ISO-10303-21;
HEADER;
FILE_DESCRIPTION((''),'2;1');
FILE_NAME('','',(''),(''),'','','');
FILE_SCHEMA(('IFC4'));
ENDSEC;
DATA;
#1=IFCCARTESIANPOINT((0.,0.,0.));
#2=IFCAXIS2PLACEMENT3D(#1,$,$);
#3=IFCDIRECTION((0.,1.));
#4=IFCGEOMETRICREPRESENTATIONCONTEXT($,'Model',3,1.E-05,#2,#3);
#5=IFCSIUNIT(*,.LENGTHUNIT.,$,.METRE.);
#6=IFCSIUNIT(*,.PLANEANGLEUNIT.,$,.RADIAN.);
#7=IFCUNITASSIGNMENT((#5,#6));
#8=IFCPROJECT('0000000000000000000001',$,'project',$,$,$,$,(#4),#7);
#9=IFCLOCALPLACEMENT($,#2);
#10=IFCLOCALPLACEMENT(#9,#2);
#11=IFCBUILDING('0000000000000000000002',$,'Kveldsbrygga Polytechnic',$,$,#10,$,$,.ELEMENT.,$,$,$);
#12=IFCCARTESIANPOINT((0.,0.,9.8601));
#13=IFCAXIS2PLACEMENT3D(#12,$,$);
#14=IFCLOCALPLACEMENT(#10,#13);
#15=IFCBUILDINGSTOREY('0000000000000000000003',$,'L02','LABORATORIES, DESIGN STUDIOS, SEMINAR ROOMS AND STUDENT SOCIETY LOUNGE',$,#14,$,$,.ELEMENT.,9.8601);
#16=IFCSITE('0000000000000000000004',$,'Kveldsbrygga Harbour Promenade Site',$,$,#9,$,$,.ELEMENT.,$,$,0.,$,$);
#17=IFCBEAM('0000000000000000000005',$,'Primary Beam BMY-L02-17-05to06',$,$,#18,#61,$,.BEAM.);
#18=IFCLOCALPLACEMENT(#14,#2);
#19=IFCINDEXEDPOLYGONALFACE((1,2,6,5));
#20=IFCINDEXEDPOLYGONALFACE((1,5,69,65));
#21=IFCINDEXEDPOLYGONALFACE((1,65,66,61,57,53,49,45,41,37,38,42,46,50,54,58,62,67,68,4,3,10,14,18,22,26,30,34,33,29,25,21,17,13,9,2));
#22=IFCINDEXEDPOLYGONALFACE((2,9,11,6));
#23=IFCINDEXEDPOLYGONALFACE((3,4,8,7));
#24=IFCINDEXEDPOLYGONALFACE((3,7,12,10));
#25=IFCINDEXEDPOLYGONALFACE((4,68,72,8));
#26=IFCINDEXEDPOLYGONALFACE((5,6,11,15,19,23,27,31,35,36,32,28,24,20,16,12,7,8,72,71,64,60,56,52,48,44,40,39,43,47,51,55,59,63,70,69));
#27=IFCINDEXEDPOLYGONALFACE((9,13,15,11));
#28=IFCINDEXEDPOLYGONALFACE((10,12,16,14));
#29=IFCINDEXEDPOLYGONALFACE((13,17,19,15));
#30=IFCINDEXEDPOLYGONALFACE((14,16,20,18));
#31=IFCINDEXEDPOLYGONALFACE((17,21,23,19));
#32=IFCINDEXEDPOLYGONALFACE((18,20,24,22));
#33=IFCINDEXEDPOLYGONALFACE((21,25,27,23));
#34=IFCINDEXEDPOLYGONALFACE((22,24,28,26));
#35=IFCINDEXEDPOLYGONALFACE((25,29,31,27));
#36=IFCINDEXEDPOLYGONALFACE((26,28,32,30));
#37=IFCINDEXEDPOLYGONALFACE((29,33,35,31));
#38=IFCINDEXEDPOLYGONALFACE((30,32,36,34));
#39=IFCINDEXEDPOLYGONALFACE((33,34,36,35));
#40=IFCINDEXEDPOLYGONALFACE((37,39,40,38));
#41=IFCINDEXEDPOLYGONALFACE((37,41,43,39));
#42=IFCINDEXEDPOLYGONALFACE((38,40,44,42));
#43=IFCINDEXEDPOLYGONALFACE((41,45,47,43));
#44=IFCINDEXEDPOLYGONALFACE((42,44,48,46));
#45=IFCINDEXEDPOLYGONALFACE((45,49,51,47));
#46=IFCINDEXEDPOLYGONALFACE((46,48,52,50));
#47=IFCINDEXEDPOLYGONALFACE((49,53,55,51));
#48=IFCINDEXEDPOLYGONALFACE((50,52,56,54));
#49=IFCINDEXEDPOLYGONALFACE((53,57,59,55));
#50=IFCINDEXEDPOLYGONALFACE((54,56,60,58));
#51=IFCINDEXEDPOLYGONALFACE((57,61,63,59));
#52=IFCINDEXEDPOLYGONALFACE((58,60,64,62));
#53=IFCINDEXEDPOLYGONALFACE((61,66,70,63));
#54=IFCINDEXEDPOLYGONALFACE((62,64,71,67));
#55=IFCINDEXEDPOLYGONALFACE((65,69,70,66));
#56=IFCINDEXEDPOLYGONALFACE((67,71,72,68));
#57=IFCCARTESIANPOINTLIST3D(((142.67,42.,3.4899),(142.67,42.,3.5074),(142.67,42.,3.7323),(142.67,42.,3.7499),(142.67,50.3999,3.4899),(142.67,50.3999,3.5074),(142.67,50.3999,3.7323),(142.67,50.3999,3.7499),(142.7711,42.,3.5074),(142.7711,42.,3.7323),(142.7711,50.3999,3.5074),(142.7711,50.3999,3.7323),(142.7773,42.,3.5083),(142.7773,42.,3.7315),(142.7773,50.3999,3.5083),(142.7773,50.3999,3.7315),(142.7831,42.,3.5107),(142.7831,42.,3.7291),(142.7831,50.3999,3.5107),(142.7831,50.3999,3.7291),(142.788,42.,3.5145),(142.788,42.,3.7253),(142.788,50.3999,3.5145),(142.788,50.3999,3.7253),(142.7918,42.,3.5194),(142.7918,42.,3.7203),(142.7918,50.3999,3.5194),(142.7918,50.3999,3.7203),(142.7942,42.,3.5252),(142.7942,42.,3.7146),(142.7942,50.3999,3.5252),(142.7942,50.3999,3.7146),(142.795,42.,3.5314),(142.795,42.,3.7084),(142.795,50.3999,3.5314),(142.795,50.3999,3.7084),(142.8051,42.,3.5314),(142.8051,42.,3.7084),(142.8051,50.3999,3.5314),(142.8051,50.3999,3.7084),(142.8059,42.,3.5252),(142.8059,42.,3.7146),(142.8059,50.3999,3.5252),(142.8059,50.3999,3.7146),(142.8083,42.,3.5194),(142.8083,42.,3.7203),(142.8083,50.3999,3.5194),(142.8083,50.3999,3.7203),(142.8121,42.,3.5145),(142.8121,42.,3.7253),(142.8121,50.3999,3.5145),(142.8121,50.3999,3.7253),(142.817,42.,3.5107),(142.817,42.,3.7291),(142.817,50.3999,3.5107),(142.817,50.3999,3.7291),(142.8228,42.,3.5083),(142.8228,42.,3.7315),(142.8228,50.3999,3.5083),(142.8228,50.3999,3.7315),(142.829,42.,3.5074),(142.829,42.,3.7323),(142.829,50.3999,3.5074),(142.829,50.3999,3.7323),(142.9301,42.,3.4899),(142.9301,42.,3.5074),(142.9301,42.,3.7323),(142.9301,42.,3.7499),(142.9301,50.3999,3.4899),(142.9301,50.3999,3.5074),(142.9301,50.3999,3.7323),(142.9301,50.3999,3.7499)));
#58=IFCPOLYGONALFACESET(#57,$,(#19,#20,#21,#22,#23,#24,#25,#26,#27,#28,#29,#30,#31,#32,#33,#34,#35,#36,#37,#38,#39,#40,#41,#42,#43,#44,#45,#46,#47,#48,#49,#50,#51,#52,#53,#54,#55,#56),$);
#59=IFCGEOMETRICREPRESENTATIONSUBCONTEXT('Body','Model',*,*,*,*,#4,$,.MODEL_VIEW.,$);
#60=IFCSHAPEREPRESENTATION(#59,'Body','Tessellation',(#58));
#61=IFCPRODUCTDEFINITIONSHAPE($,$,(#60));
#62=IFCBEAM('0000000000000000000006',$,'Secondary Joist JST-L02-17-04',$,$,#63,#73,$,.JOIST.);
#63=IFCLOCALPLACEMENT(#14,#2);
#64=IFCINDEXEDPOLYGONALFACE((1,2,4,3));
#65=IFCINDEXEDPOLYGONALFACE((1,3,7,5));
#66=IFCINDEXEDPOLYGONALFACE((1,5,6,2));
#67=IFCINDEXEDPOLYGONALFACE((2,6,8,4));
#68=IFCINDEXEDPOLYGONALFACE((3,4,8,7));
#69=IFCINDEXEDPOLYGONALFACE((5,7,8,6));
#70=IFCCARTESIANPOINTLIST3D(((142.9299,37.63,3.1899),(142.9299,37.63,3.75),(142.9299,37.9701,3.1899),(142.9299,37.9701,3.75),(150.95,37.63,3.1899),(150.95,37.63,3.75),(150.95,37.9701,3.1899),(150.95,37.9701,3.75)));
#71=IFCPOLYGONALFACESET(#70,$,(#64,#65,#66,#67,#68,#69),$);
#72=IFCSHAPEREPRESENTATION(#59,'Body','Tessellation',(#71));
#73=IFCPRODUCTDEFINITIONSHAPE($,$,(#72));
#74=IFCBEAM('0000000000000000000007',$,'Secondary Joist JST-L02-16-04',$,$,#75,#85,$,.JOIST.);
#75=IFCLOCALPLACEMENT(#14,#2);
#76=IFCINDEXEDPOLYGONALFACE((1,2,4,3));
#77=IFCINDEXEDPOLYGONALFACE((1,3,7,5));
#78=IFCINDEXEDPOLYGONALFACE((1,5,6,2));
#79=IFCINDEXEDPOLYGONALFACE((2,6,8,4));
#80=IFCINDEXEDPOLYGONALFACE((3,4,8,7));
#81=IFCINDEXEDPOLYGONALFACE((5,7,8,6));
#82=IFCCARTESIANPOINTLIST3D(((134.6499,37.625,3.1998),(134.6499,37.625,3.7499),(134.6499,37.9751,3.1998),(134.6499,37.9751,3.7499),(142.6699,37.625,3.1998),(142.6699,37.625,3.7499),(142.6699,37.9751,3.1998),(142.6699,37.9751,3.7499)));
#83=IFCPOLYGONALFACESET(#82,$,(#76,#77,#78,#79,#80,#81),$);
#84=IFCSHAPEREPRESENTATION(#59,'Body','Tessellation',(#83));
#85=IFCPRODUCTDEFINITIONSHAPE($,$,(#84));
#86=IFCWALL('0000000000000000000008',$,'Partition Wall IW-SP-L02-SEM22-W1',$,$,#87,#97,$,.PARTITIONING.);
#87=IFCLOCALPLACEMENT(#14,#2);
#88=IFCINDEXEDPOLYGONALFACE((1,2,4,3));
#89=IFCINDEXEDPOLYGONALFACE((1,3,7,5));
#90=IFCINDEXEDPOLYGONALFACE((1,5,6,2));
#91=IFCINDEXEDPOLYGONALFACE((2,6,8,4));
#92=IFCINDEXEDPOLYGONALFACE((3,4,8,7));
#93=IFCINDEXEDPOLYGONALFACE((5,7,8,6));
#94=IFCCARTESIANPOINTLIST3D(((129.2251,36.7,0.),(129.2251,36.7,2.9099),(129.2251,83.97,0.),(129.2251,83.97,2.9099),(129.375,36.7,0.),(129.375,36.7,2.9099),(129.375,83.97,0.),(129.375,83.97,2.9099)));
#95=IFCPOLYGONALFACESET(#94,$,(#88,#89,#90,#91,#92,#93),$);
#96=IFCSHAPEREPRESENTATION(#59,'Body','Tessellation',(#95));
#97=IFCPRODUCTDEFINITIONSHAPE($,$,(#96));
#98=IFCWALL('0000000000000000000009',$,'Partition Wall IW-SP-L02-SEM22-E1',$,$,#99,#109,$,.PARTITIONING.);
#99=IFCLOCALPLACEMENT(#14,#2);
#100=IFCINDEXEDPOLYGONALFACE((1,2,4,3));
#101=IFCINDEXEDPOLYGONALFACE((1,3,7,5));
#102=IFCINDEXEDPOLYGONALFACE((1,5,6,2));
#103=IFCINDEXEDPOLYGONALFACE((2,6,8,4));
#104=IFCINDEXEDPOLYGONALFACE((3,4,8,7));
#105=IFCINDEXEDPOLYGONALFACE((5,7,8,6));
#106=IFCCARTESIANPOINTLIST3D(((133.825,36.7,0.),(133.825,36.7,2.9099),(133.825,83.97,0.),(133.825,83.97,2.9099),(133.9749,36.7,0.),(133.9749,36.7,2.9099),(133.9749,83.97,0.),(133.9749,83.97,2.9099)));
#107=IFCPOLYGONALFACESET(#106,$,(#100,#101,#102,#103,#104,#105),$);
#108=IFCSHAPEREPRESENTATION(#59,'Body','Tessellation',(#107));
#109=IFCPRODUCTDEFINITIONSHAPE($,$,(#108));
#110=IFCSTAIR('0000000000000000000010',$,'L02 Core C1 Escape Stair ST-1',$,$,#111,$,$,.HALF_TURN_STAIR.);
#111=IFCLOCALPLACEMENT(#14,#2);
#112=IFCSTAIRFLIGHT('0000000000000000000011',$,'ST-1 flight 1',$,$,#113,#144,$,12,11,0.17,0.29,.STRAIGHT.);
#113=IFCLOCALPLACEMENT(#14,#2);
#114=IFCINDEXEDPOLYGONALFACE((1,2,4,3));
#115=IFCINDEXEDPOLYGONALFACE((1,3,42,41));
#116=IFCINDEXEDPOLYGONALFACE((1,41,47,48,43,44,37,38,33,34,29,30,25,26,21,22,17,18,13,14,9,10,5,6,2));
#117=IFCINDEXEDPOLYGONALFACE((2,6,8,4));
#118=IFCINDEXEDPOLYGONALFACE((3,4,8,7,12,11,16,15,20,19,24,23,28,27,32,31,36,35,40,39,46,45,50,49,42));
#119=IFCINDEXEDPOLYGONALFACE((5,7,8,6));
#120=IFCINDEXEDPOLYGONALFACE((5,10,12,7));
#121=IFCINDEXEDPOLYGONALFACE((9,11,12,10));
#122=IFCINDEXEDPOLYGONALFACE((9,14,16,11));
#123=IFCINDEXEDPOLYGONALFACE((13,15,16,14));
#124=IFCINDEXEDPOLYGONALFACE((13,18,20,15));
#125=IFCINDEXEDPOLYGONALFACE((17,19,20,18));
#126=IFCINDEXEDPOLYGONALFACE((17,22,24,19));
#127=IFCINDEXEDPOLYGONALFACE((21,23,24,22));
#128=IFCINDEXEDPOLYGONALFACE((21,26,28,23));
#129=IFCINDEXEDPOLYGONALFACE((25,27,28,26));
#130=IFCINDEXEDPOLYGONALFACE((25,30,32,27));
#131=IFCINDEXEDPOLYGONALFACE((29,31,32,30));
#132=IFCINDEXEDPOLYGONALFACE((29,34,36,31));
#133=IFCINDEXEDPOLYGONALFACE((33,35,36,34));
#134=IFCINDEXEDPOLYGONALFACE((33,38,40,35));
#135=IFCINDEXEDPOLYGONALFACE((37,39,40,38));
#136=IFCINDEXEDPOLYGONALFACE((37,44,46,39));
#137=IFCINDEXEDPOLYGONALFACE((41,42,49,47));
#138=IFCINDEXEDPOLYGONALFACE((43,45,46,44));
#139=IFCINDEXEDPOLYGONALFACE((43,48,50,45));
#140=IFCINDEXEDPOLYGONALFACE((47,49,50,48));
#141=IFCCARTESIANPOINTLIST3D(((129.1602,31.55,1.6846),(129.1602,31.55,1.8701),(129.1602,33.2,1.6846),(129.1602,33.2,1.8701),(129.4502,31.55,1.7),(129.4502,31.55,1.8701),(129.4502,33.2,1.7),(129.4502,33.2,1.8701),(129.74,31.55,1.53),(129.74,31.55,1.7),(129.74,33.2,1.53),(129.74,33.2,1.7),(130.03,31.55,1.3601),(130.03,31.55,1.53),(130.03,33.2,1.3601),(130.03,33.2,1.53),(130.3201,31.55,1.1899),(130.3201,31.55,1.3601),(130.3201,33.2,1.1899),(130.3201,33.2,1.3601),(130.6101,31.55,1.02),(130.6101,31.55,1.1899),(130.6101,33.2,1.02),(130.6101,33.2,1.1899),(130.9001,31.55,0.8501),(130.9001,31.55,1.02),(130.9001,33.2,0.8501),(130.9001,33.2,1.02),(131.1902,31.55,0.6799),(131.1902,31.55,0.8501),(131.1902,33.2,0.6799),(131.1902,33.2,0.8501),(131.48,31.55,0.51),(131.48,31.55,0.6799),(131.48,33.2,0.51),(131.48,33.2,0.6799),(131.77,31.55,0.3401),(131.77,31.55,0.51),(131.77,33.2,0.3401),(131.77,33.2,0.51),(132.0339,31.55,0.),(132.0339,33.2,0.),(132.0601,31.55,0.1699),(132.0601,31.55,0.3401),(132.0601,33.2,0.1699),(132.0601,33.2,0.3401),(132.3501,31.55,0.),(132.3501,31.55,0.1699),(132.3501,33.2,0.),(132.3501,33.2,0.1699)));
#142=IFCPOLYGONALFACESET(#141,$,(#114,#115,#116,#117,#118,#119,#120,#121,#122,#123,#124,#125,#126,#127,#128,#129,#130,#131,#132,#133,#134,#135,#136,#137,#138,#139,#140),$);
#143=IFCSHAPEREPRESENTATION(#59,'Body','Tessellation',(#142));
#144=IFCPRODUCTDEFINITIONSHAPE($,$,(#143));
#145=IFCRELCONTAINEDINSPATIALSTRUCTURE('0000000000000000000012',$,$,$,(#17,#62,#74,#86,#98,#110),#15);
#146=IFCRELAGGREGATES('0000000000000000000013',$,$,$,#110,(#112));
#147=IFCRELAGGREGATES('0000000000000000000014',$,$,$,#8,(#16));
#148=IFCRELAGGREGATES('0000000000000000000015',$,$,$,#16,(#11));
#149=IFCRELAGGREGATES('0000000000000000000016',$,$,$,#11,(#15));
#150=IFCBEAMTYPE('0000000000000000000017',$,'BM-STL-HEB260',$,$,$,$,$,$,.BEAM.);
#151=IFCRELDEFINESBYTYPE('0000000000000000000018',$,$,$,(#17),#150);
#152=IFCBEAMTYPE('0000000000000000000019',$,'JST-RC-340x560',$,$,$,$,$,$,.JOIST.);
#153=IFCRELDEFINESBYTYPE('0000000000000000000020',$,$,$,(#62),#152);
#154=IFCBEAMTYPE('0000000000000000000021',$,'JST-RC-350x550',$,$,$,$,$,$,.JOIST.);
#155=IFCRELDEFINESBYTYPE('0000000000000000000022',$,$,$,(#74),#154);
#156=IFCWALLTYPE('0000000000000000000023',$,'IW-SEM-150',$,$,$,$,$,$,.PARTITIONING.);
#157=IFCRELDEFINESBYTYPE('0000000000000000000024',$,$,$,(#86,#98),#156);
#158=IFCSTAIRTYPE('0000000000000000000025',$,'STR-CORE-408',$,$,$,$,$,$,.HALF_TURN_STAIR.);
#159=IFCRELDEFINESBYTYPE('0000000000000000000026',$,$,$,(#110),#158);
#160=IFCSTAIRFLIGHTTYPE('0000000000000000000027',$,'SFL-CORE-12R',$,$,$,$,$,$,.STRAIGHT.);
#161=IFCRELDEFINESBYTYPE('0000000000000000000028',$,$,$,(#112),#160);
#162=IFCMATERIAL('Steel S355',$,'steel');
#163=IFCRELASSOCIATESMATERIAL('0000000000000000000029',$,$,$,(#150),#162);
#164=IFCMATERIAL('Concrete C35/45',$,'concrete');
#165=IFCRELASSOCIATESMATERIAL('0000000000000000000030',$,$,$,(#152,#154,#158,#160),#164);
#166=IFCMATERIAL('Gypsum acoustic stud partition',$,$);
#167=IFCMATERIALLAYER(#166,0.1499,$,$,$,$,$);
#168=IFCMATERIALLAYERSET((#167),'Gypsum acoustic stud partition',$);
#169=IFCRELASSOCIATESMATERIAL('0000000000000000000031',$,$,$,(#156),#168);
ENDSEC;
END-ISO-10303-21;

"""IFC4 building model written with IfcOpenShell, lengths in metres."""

from ifc_helpers import new_model, si_unit, direction, frame, frame_2d, origin, origin_2d, place, context, subcontext, project, spatial, polyline, rectangle, i_section, outline, extrude, material, layer, layer_set, material_profile, profile_set, type_object, element, aggregate, save


model = new_model("IFC4")

# Units and contexts
model_context = context("Model", 3, precision=1e-05, world=origin(), true_north=direction((0.0, 1.0)))
body_context = subcontext(model_context, "Body", "Model", "MODEL_VIEW")
ifc_project = project(units=[si_unit("LENGTHUNIT", "METRE"), si_unit("PLANEANGLEUNIT", "RADIAN")], contexts=[model_context])

# Site, building, storey
site_placement = place(None, origin())
site = spatial("IfcSite", under=ifc_project, at=site_placement, Name="Kveldsbrygga Harbour Promenade Site", CompositionType="ELEMENT", RefElevation=0.0)
building_placement = place(site_placement, origin())
building = spatial("IfcBuilding", under=site, at=building_placement, Name="Kveldsbrygga Polytechnic", CompositionType="ELEMENT")
storey_placement = place(building_placement, frame((0.0, 0.0, 9.8601)))
storey = spatial("IfcBuildingStorey", under=building, at=storey_placement, Name="L02", Description="LABORATORIES, DESIGN STUDIOS, SEMINAR ROOMS AND STUDENT SOCIETY LOUNGE", CompositionType="ELEMENT", Elevation=9.8601)

# Beams
ifc_material_1 = material(Name="Concrete C35/45", Category="concrete")
ifc_material_2 = material(Name="Steel S355", Category="steel")
ifc_material_profile_1 = material_profile(ifc_material_2, i_section(OverallWidth=0.26, OverallDepth=0.26, WebThickness=0.01, FlangeThickness=0.0176, FilletRadius=0.0239, at=origin_2d()), Name="HEB 260")
ifc_profile_set_1 = profile_set([ifc_material_profile_1], Name="Steel S355")
beam_type_1 = type_object("IfcBeamType", Name="BM-STL-HEB260", PredefinedType="BEAM", material=ifc_profile_set_1)
for number, where, z_axis, x_axis, name in (
    (1, (142.8, 42.0, 3.6199), (0.0, 1.0, 0.0), (-1.0, 0.0, 0.0), "Primary Beam BMY-L02-17-05to06"),
):
    element("IfcBeam", number, at=place(storey_placement, frame(where, z_axis=z_axis, x_axis=x_axis)), inside=storey, type_object=beam_type_1, Name=name, PredefinedType="BEAM", context=body_context, shape_type="SweptSolid", body=[
        extrude(i_section(OverallWidth=0.26, OverallDepth=0.26, WebThickness=0.01, FlangeThickness=0.0176, FilletRadius=0.0239, at=origin_2d()), origin(), (0.0, 0.0, 1.0), 8.3999),
    ])
ifc_material_profile_2 = material_profile(ifc_material_1, rectangle(XDim=0.3401, YDim=0.5601, at=origin_2d()), Name="RC 340x560")
ifc_profile_set_2 = profile_set([ifc_material_profile_2], Name="Concrete C35/45")
beam_type_2 = type_object("IfcBeamType", Name="JST-RC-340x560", PredefinedType="JOIST", material=ifc_profile_set_2)
beam_1_placement = place(storey_placement, frame((142.9299, 37.8, 3.47), z_axis=(1.0, 0.0, 0.0), x_axis=(0.0, 1.0, 0.0)))
element("IfcBeam", 2, at=beam_1_placement, inside=storey, type_object=beam_type_2, Name="Secondary Joist JST-L02-17-04", PredefinedType="JOIST", context=body_context, shape_type="SweptSolid", body=[
    extrude(rectangle(XDim=0.3401, YDim=0.5601, at=origin_2d()), origin(), (0.0, 0.0, 1.0), 8.02),
])
ifc_material_profile_3 = material_profile(ifc_material_1, rectangle(XDim=0.3501, YDim=0.55, at=origin_2d()), Name="RC 350x550")
ifc_profile_set_3 = profile_set([ifc_material_profile_3], Name="Concrete C35/45")
beam_type_3 = type_object("IfcBeamType", Name="JST-RC-350x550", PredefinedType="JOIST", material=ifc_profile_set_3)
beam_2_placement = place(storey_placement, frame((134.6499, 37.8, 3.4749), z_axis=(1.0, 0.0, 0.0), x_axis=(0.0, 1.0, 0.0)))
element("IfcBeam", 3, at=beam_2_placement, inside=storey, type_object=beam_type_3, Name="Secondary Joist JST-L02-16-04", PredefinedType="JOIST", context=body_context, shape_type="SweptSolid", body=[
    extrude(rectangle(XDim=0.3501, YDim=0.55, at=origin_2d()), origin(), (0.0, 0.0, 1.0), 8.02),
])

# Shared definitions
ifc_material_3 = material(Name="Gypsum acoustic stud partition")
ifc_layer = layer(ifc_material_3, 0.1499)
ifc_layer_set = layer_set([ifc_layer], Name="Gypsum acoustic stud partition")
wall_type = type_object("IfcWallType", Name="IW-SEM-150", PredefinedType="PARTITIONING", material=ifc_layer_set)

# Walls
for number, where, z_axis, x_axis, name in (
    (4, (129.3, 36.7, 0.0), (0.0, 0.0, 1.0), (0.0, 1.0, 0.0), "Partition Wall IW-SP-L02-SEM22-W1"),
    (5, (133.8999, 36.7, 0.0), (0.0, 0.0, 1.0), (0.0, 1.0, 0.0), "Partition Wall IW-SP-L02-SEM22-E1"),
):
    element("IfcWall", number, at=place(storey_placement, frame(where, z_axis=z_axis, x_axis=x_axis)), inside=storey, type_object=wall_type, Name=name, PredefinedType="PARTITIONING", context=body_context, shape_type="SweptSolid", body=[
        extrude(rectangle(XDim=47.27, YDim=0.1499, at=frame_2d((23.635, 0.0))), origin(), (0.0, 0.0, 1.0), 2.9099),
    ])

# Stair, stair flight
stair_type = type_object("IfcStairType", Name="STR-CORE-408", PredefinedType="HALF_TURN_STAIR", material=ifc_material_1)
stair_placement = place(storey_placement, origin())
stair = element("IfcStair", 6, at=stair_placement, inside=storey, type_object=stair_type, Name="L02 Core C1 Escape Stair ST-1", PredefinedType="HALF_TURN_STAIR")
stair_flight_type = type_object("IfcStairFlightType", Name="SFL-CORE-12R", PredefinedType="STRAIGHT", material=ifc_material_1)
stair_flight_placement = place(storey_placement, frame((132.3501, 32.375, 0.0), z_axis=(0.0, 0.0, 1.0), x_axis=(-1.0, 0.0, 0.0)))
stair_flight = element("IfcStairFlight", 7, at=stair_flight_placement, type_object=stair_flight_type, Name="ST-1 flight 1", NumberOfRisers=12, NumberOfTreads=11, PredefinedType="STRAIGHT", RiserHeight=0.17, TreadLength=0.29, context=body_context, shape_type="SweptSolid", body=[
    extrude(outline(polyline([(0.0, 0.0), (0.0, 0.1699), (0.29, 0.1699), (0.29, 0.3401), (0.5801, 0.3401), (0.5801, 0.51), (0.8701, 0.51), (0.8701, 0.6799), (1.1599, 0.6799), (1.1599, 0.8501), (1.45, 0.8501), (1.45, 1.02), (1.74, 1.02), (1.74, 1.1899), (2.03, 1.1899), (2.03, 1.3601), (2.3201, 1.3601), (2.3201, 1.53), (2.6101, 1.53), (2.6101, 1.7), (2.8999, 1.7), (2.8999, 1.8701), (3.1899, 1.8701), (3.1899, 2.04), (3.1899, 1.6846), (0.3162, 0.0), (0.0, 0.0)])), frame((0.0, 0.825, 0.0), z_axis=(0.0, -1.0, 0.0), x_axis=(1.0, 0.0, 0.0)), (0.0, 0.0, 1.0), 1.6499),
])
aggregate(stair, [stair_flight])

save(model, "model.ifc")
